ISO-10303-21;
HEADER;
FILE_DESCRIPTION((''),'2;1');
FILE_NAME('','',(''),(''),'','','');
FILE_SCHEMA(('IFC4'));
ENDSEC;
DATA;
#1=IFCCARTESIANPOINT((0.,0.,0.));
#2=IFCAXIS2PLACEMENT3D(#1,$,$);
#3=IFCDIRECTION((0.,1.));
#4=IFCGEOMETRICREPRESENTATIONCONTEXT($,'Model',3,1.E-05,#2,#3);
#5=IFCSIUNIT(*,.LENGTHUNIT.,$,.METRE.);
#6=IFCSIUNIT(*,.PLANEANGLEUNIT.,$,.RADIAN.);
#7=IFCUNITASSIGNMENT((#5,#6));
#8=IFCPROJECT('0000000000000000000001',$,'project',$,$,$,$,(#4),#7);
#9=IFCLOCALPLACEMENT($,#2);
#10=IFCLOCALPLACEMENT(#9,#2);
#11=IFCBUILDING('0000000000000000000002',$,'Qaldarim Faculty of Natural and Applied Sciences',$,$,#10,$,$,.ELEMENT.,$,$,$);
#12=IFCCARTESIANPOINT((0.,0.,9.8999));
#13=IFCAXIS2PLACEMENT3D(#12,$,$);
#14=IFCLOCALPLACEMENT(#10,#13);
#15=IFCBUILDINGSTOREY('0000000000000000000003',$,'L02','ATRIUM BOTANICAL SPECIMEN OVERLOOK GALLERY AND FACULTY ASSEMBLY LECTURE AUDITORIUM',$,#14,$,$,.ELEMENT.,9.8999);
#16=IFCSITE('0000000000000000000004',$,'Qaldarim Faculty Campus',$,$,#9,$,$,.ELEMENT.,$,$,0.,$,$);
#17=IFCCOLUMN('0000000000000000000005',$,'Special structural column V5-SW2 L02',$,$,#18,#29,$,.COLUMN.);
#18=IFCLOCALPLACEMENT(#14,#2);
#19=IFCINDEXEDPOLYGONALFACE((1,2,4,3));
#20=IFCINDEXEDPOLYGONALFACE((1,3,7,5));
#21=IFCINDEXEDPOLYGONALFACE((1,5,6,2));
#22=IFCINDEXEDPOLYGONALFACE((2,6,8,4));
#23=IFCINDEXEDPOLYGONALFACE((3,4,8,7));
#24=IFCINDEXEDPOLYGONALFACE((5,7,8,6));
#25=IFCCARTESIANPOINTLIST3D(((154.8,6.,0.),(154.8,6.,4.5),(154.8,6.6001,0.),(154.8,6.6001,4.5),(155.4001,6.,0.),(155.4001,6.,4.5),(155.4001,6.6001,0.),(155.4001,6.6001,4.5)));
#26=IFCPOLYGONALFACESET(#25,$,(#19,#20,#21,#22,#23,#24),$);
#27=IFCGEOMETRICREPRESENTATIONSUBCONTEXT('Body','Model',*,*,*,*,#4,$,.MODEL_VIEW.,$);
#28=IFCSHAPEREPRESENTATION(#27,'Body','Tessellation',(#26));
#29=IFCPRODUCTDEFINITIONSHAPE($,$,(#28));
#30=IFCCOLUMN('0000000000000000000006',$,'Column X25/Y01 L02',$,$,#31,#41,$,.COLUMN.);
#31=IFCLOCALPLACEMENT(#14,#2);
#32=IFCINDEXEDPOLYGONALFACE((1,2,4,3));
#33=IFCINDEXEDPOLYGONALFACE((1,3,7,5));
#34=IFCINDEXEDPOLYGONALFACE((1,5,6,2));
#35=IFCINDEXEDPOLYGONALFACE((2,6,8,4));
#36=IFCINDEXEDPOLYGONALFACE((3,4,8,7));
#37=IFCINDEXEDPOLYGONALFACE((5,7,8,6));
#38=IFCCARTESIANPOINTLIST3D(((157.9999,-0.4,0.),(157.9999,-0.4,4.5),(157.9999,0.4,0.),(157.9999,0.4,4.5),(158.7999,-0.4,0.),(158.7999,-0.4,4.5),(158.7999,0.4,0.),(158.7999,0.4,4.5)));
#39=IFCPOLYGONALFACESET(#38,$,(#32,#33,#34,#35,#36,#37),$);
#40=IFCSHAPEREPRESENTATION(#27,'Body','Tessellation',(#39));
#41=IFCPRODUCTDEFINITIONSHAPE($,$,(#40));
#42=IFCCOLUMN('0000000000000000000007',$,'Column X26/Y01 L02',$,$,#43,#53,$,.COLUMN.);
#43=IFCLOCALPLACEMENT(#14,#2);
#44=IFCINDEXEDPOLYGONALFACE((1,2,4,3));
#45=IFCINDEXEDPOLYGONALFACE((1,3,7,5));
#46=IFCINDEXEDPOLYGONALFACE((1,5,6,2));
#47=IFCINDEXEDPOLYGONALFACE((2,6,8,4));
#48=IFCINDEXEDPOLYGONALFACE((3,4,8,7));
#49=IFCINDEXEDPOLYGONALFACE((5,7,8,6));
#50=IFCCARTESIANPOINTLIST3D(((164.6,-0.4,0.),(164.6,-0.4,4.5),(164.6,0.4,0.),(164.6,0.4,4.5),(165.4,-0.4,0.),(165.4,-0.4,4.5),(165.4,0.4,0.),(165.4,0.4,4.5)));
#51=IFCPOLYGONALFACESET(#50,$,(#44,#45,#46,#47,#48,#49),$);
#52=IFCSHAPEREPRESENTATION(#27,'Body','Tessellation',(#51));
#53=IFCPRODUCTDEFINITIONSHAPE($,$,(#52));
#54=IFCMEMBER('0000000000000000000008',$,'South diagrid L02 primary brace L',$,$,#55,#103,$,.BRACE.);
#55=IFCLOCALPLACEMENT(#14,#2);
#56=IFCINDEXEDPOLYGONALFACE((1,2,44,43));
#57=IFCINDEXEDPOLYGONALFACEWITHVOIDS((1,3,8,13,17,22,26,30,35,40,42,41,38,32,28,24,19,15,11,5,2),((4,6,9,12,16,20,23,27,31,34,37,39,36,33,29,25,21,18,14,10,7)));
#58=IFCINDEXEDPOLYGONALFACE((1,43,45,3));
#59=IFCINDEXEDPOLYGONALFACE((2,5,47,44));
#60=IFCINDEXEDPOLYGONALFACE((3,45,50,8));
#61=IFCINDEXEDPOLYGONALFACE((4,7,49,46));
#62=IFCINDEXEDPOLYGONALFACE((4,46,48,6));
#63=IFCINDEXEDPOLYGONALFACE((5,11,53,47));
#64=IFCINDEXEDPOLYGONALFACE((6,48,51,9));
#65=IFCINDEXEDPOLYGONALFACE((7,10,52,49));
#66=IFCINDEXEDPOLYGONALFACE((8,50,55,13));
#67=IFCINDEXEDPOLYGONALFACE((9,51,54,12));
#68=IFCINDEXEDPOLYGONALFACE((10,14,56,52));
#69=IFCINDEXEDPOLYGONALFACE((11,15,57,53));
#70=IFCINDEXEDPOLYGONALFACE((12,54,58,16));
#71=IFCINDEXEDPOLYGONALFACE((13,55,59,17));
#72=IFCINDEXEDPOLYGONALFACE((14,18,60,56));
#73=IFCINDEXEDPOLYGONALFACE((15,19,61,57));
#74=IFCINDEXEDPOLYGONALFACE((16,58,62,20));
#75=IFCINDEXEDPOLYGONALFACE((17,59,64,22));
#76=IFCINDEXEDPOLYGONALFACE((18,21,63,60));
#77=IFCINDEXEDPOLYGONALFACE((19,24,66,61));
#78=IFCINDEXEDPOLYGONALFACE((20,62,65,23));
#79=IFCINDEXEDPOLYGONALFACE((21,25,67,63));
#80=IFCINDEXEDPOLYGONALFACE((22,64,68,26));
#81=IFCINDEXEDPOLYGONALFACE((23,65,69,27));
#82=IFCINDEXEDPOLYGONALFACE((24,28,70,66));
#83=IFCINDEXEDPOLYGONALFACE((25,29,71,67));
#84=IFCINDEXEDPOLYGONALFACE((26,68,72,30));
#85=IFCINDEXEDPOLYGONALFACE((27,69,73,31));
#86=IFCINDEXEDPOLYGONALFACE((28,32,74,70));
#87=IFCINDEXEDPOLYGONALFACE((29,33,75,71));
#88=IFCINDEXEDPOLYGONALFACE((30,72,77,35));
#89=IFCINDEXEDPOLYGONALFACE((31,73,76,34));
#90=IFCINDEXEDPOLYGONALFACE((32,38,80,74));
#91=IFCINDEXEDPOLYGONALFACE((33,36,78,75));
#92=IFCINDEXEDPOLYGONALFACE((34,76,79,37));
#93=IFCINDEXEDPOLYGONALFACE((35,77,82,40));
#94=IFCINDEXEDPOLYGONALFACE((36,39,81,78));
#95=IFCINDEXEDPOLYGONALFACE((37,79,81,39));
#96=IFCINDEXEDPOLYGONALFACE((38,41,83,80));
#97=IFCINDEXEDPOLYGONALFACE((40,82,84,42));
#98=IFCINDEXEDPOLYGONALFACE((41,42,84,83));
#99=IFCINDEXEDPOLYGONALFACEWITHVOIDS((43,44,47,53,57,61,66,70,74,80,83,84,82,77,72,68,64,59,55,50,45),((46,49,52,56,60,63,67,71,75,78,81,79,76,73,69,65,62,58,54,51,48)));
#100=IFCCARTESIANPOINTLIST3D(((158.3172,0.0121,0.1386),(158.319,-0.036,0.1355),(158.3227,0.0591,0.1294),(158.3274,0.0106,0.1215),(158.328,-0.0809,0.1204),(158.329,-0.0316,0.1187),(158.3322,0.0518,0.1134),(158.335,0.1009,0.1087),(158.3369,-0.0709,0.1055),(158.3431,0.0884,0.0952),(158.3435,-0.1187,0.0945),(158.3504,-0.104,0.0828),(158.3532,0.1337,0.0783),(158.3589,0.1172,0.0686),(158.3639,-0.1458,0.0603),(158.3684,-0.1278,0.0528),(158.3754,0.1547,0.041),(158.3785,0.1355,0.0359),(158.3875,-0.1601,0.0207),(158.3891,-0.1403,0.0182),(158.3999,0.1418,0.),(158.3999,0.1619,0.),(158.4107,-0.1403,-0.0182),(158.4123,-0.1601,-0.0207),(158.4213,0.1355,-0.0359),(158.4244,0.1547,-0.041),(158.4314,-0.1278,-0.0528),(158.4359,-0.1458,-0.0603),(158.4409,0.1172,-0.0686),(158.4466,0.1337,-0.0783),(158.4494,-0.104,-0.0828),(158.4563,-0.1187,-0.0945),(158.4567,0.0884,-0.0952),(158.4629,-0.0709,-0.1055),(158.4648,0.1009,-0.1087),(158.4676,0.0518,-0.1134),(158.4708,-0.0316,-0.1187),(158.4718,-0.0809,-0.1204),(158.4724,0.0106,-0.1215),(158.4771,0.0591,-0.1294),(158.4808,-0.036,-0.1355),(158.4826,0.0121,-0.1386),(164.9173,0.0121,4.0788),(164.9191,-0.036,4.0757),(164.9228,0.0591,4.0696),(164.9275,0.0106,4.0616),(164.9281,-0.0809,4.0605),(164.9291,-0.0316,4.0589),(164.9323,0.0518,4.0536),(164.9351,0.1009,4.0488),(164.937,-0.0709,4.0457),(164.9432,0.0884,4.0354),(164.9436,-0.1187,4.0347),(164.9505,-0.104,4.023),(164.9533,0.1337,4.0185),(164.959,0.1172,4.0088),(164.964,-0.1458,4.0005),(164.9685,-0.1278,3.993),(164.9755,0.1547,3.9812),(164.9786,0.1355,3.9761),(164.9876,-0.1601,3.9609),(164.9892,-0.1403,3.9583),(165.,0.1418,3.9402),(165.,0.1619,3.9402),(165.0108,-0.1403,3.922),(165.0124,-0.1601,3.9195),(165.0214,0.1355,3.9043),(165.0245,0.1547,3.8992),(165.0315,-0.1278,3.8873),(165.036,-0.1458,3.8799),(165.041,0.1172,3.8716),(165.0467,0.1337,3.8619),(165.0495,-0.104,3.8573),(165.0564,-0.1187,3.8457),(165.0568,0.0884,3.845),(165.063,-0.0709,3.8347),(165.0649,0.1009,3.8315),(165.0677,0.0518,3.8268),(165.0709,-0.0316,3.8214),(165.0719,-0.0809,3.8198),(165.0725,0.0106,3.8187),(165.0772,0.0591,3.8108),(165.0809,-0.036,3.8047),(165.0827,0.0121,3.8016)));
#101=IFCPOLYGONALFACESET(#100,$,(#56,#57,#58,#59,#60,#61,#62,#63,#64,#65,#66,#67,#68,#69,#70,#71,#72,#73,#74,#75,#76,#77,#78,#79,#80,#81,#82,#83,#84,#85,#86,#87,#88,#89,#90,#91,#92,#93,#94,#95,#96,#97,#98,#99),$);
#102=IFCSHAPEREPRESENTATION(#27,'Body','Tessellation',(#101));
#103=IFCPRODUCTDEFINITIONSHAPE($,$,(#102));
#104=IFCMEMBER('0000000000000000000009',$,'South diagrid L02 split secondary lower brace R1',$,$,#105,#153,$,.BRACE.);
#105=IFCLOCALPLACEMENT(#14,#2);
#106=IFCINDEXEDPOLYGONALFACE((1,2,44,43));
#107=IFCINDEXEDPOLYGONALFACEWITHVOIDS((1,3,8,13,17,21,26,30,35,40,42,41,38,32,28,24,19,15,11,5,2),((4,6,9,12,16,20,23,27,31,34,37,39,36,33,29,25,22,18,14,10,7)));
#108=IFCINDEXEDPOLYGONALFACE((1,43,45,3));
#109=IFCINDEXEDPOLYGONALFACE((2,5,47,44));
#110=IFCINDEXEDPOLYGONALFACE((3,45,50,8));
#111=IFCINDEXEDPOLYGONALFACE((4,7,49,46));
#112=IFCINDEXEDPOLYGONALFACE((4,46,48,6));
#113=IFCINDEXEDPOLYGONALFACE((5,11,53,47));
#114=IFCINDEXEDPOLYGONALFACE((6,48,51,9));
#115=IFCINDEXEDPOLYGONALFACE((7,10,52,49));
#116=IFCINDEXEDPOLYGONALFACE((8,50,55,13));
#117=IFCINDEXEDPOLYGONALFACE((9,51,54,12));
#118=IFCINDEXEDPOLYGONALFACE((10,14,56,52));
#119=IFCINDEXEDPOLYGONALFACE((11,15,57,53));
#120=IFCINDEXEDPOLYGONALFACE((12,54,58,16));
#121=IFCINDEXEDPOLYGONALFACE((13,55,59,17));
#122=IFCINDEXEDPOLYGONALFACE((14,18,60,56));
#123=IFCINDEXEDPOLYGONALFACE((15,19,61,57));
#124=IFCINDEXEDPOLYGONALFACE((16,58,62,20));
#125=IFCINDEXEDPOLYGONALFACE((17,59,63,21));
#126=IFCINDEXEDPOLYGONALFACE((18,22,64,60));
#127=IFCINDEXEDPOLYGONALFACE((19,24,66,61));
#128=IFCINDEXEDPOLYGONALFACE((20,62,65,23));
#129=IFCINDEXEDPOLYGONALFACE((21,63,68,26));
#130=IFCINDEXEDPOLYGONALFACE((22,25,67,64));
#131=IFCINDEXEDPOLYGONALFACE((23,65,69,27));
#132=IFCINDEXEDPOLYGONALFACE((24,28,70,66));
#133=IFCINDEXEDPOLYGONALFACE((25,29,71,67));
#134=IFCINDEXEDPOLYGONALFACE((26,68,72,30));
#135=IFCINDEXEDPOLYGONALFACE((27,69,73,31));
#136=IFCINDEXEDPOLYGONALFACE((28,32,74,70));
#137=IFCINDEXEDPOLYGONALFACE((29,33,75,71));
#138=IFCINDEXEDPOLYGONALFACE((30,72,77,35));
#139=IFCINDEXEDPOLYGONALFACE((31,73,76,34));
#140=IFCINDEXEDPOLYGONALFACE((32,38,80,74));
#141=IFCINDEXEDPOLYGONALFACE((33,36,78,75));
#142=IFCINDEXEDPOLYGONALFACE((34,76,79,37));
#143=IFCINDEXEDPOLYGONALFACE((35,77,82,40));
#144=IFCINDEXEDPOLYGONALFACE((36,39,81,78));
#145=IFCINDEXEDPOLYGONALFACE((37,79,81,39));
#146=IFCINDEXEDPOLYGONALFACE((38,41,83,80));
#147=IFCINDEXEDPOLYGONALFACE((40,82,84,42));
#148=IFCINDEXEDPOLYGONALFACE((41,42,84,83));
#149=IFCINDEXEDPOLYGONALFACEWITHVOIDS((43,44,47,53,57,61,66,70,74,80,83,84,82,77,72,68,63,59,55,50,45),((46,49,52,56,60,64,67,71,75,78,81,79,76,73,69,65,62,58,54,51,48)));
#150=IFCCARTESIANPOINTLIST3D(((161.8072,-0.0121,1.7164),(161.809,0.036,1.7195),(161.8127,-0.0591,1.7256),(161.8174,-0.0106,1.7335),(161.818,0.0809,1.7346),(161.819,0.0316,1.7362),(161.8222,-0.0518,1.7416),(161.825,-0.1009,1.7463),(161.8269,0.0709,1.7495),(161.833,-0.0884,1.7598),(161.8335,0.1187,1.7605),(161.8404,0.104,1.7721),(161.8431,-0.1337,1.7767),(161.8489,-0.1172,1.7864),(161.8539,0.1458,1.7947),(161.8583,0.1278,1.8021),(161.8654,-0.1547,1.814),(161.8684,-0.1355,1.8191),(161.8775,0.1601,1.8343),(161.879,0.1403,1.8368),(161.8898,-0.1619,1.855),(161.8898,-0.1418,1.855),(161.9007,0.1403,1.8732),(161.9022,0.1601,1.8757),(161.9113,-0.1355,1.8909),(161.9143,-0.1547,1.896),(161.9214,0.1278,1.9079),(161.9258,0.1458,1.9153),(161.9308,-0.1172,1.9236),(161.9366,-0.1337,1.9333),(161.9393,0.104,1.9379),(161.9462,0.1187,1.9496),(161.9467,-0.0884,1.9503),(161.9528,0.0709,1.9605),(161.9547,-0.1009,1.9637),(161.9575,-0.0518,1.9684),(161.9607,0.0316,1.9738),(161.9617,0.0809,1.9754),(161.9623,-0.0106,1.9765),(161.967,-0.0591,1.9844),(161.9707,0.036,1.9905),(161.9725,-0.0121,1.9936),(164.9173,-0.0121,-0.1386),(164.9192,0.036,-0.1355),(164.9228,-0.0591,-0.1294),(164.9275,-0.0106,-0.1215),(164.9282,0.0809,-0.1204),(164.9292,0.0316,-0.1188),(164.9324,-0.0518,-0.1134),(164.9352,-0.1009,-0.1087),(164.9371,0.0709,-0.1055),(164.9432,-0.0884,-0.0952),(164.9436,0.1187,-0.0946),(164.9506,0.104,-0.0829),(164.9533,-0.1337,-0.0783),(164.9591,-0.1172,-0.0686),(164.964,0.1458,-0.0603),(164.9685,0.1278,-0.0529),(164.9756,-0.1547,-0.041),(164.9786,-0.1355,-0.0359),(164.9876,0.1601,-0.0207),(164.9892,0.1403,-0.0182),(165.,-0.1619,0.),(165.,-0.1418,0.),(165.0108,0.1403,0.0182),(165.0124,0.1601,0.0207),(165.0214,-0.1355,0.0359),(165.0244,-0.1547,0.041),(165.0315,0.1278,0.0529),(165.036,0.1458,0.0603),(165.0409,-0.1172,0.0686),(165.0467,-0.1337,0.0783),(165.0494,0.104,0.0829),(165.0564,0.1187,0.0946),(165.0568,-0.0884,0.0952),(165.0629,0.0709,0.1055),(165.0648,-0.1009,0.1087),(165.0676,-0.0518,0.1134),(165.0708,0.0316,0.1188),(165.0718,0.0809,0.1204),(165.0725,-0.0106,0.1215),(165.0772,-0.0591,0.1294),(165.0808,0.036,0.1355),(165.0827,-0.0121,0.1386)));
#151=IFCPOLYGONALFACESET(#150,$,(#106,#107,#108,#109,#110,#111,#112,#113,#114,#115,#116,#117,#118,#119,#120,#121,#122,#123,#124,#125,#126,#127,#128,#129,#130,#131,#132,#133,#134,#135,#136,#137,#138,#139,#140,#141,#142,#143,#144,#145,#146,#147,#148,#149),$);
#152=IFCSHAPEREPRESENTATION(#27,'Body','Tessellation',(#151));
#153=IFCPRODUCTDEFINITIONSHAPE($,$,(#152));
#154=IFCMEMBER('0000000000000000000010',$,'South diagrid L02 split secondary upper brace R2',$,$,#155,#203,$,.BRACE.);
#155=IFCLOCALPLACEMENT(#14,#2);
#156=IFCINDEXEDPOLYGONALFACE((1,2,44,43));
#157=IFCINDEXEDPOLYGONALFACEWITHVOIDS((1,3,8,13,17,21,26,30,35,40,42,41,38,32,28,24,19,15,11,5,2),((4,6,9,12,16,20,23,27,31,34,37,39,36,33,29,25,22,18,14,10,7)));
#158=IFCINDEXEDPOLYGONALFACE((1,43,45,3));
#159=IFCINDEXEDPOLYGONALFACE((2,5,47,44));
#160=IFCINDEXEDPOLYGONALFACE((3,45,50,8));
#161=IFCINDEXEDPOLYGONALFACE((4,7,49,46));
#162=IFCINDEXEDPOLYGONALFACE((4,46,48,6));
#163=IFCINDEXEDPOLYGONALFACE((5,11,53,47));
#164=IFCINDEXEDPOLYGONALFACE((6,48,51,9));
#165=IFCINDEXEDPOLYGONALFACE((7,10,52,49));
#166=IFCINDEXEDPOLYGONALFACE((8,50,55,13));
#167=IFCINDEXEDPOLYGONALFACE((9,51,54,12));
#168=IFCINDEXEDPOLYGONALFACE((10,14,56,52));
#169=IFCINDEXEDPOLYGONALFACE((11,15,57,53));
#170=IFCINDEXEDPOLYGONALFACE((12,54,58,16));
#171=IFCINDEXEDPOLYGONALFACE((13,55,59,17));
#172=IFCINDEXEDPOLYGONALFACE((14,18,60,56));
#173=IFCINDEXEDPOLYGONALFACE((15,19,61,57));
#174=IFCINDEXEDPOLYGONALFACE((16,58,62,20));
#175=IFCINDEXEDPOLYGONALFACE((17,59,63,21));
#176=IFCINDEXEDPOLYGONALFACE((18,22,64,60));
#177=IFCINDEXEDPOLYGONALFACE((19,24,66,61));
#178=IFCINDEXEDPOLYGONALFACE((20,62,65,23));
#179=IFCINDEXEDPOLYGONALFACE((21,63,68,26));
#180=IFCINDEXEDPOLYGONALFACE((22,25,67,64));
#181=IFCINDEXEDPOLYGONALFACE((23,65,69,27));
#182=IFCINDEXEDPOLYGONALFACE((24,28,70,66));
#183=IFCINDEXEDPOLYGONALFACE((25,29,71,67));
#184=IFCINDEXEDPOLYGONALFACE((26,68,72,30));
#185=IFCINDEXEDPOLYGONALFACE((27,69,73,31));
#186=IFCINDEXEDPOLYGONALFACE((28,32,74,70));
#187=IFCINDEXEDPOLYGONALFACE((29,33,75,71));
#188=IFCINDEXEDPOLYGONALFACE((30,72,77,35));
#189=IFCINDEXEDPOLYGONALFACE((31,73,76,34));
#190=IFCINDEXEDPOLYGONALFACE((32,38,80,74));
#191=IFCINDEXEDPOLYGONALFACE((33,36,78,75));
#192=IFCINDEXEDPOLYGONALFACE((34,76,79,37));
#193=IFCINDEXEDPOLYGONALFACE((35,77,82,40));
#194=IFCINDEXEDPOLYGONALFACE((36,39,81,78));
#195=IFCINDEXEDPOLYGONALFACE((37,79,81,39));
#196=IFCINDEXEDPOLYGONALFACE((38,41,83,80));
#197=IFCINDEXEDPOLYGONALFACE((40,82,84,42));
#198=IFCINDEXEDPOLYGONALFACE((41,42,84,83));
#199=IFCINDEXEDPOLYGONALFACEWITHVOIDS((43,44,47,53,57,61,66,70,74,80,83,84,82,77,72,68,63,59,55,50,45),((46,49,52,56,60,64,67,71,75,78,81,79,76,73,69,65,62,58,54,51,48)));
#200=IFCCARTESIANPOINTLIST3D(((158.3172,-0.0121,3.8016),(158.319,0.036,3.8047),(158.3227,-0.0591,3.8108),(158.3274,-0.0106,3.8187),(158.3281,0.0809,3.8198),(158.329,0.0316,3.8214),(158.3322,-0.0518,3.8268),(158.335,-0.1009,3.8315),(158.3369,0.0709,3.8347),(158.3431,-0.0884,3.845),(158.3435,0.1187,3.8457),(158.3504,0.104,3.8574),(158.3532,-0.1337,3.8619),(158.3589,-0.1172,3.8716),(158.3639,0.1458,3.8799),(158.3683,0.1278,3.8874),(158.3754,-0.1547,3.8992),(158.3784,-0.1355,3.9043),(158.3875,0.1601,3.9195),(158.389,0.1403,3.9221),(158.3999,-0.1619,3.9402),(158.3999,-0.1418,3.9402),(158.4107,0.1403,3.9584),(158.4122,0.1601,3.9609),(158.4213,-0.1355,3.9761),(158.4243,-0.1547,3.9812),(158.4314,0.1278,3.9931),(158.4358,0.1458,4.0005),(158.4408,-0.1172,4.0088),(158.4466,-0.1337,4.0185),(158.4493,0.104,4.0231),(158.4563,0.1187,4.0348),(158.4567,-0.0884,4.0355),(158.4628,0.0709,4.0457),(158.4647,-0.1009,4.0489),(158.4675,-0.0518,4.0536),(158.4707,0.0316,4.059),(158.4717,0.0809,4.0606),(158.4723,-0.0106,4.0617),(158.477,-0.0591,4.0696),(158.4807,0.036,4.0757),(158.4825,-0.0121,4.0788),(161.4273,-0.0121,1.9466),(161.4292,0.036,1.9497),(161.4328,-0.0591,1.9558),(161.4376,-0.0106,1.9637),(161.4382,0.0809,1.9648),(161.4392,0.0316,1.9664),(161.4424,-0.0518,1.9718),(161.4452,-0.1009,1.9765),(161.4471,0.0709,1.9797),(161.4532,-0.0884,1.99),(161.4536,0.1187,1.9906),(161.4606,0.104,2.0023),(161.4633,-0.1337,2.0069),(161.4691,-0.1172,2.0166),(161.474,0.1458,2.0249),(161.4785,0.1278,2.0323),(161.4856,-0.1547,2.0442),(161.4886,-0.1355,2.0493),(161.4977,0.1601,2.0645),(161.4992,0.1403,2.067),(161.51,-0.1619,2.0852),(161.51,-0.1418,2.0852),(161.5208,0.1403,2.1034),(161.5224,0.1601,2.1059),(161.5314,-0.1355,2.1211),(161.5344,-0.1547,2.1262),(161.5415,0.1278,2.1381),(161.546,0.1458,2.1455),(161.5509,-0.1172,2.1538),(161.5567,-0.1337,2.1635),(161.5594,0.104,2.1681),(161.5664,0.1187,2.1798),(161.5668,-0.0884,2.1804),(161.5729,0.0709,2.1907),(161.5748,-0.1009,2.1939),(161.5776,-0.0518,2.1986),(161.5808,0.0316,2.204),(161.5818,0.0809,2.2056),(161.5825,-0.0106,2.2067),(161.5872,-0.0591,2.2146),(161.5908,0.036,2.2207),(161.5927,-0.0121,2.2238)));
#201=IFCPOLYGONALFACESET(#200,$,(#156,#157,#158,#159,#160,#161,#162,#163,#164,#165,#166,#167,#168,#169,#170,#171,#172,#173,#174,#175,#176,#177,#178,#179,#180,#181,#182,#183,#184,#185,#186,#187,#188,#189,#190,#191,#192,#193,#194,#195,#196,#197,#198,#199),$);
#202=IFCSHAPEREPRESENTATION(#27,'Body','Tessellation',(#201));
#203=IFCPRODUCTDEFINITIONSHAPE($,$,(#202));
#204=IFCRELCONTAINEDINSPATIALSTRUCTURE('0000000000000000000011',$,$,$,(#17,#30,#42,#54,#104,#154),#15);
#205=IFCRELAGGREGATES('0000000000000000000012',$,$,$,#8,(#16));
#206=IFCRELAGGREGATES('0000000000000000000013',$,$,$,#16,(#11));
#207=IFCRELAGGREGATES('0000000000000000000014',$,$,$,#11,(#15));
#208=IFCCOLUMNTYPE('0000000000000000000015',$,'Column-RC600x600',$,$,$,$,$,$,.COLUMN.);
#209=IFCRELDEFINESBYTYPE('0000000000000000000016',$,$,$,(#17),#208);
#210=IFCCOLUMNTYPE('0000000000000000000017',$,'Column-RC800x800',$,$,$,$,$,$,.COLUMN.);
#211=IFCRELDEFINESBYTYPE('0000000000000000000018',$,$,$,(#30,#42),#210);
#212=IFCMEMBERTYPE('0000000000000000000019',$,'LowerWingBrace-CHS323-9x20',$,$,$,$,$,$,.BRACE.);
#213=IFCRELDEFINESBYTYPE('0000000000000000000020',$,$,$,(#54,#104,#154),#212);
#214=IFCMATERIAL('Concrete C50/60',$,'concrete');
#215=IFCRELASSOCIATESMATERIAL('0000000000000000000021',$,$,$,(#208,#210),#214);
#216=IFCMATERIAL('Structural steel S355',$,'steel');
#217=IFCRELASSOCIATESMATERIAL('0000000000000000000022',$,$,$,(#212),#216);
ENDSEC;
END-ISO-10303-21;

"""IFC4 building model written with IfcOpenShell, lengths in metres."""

from ifc_helpers import new_model, si_unit, direction, frame, origin, origin_2d, place, context, subcontext, project, spatial, rectangle, hollow_circle, extrude, material, material_profile, profile_set, type_object, element, save


model = new_model("IFC4")

# Units and contexts
model_context = context("Model", 3, precision=1e-05, world=origin(), true_north=direction((0.0, 1.0)))
body_context = subcontext(model_context, "Body", "Model", "MODEL_VIEW")
ifc_project = project(units=[si_unit("LENGTHUNIT", "METRE"), si_unit("PLANEANGLEUNIT", "RADIAN")], contexts=[model_context])

# Site, building, storey
site_placement = place(None, origin())
site = spatial("IfcSite", under=ifc_project, at=site_placement, Name="Qaldarim Faculty Campus", CompositionType="ELEMENT", RefElevation=0.0)
building_placement = place(site_placement, origin())
building = spatial("IfcBuilding", under=site, at=building_placement, Name="Qaldarim Faculty of Natural and Applied Sciences", CompositionType="ELEMENT")
storey_placement = place(building_placement, frame((0.0, 0.0, 9.8999)))
storey = spatial("IfcBuildingStorey", under=building, at=storey_placement, Name="L02", Description="ATRIUM BOTANICAL SPECIMEN OVERLOOK GALLERY AND FACULTY ASSEMBLY LECTURE AUDITORIUM", CompositionType="ELEMENT", Elevation=9.8999)

# Columns
ifc_material_1 = material(Name="Concrete C50/60", Category="concrete")
ifc_material_profile_1 = material_profile(ifc_material_1, rectangle(XDim=0.6001, YDim=0.6001, at=origin_2d()), Name="RC-C600x600")
ifc_profile_set_1 = profile_set([ifc_material_profile_1], Name="Concrete C50/60")
column_type_1 = type_object("IfcColumnType", Name="Column-RC600x600", PredefinedType="COLUMN", material=ifc_profile_set_1)
column_placement = place(storey_placement, frame((155.1001, 6.3, 0.0), z_axis=(0.0, 0.0, 1.0), x_axis=(1.0, 0.0, 0.0)))
element("IfcColumn", 1, at=column_placement, inside=storey, type_object=column_type_1, Name="Special structural column V5-SW2 L02", PredefinedType="COLUMN", context=body_context, shape_type="SweptSolid", body=[
    extrude(rectangle(XDim=0.6001, YDim=0.6001, at=origin_2d()), origin(), (0.0, 0.0, 1.0), 4.5),
])
ifc_material_profile_2 = material_profile(ifc_material_1, rectangle(XDim=0.8, YDim=0.8, at=origin_2d()), Name="RC-C800x800")
ifc_profile_set_2 = profile_set([ifc_material_profile_2], Name="Concrete C50/60")
column_type_2 = type_object("IfcColumnType", Name="Column-RC800x800", PredefinedType="COLUMN", material=ifc_profile_set_2)
for number, where, z_axis, x_axis, name in (
    (2, (158.3999, 0.0, 0.0), (0.0, 0.0, 1.0), (1.0, 0.0, 0.0), "Column X25/Y01 L02"),
    (3, (165.0, 0.0, 0.0), (0.0, 0.0, 1.0), (1.0, 0.0, 0.0), "Column X26/Y01 L02"),
):
    element("IfcColumn", number, at=place(storey_placement, frame(where, z_axis=z_axis, x_axis=x_axis)), inside=storey, type_object=column_type_2, Name=name, PredefinedType="COLUMN", context=body_context, shape_type="SweptSolid", body=[
        extrude(rectangle(XDim=0.8, YDim=0.8, at=origin_2d()), origin(), (0.0, 0.0, 1.0), 4.5),
    ])

# Members
ifc_material_2 = material(Name="Structural steel S355", Category="steel")
ifc_material_profile_3 = material_profile(ifc_material_2, hollow_circle(Radius=0.1619, WallThickness=0.02, at=origin_2d()), Name="CHS 323.9x20.0")
ifc_profile_set_3 = profile_set([ifc_material_profile_3], Name="Structural steel S355")
member_type_1 = type_object("IfcMemberType", Name="LowerWingBrace-CHS323-9x20", PredefinedType="BRACE", material=ifc_profile_set_3)
member_1_placement = place(storey_placement, frame((158.3999, 0.0, 0.0), z_axis=(0.858631, 0.0, 0.512593), x_axis=(0.0, 1.0, 0.0)))
element("IfcMember", 4, at=member_1_placement, inside=storey, type_object=member_type_1, Name="South diagrid L02 primary brace L", PredefinedType="BRACE", context=body_context, shape_type="SweptSolid", body=[
    extrude(hollow_circle(Radius=0.1619, WallThickness=0.02, at=origin_2d()), origin(), (0.0, 0.0, 1.0), 7.6868),
])
for number, where, z_axis, x_axis, name in (
    (5, (165.0, 0.0, 0.0), (-0.85884, 0.0, 0.512243), (0.0, -1.0, 0.0), "South diagrid L02 split secondary lower brace R1"),
    (6, (161.51, 0.0, 2.0852), (-0.85884, 0.0, 0.512243), (0.0, -1.0, 0.0), "South diagrid L02 split secondary upper brace R2"),
):
    element("IfcMember", number, at=place(storey_placement, frame(where, z_axis=z_axis, x_axis=x_axis)), inside=storey, type_object=member_type_1, Name=name, PredefinedType="BRACE", context=body_context, shape_type="SweptSolid", body=[
        extrude(hollow_circle(Radius=0.1619, WallThickness=0.02, at=origin_2d()), origin(), (0.0, 0.0, 1.0), 3.6213),
    ])

save(model, "model.ifc")
